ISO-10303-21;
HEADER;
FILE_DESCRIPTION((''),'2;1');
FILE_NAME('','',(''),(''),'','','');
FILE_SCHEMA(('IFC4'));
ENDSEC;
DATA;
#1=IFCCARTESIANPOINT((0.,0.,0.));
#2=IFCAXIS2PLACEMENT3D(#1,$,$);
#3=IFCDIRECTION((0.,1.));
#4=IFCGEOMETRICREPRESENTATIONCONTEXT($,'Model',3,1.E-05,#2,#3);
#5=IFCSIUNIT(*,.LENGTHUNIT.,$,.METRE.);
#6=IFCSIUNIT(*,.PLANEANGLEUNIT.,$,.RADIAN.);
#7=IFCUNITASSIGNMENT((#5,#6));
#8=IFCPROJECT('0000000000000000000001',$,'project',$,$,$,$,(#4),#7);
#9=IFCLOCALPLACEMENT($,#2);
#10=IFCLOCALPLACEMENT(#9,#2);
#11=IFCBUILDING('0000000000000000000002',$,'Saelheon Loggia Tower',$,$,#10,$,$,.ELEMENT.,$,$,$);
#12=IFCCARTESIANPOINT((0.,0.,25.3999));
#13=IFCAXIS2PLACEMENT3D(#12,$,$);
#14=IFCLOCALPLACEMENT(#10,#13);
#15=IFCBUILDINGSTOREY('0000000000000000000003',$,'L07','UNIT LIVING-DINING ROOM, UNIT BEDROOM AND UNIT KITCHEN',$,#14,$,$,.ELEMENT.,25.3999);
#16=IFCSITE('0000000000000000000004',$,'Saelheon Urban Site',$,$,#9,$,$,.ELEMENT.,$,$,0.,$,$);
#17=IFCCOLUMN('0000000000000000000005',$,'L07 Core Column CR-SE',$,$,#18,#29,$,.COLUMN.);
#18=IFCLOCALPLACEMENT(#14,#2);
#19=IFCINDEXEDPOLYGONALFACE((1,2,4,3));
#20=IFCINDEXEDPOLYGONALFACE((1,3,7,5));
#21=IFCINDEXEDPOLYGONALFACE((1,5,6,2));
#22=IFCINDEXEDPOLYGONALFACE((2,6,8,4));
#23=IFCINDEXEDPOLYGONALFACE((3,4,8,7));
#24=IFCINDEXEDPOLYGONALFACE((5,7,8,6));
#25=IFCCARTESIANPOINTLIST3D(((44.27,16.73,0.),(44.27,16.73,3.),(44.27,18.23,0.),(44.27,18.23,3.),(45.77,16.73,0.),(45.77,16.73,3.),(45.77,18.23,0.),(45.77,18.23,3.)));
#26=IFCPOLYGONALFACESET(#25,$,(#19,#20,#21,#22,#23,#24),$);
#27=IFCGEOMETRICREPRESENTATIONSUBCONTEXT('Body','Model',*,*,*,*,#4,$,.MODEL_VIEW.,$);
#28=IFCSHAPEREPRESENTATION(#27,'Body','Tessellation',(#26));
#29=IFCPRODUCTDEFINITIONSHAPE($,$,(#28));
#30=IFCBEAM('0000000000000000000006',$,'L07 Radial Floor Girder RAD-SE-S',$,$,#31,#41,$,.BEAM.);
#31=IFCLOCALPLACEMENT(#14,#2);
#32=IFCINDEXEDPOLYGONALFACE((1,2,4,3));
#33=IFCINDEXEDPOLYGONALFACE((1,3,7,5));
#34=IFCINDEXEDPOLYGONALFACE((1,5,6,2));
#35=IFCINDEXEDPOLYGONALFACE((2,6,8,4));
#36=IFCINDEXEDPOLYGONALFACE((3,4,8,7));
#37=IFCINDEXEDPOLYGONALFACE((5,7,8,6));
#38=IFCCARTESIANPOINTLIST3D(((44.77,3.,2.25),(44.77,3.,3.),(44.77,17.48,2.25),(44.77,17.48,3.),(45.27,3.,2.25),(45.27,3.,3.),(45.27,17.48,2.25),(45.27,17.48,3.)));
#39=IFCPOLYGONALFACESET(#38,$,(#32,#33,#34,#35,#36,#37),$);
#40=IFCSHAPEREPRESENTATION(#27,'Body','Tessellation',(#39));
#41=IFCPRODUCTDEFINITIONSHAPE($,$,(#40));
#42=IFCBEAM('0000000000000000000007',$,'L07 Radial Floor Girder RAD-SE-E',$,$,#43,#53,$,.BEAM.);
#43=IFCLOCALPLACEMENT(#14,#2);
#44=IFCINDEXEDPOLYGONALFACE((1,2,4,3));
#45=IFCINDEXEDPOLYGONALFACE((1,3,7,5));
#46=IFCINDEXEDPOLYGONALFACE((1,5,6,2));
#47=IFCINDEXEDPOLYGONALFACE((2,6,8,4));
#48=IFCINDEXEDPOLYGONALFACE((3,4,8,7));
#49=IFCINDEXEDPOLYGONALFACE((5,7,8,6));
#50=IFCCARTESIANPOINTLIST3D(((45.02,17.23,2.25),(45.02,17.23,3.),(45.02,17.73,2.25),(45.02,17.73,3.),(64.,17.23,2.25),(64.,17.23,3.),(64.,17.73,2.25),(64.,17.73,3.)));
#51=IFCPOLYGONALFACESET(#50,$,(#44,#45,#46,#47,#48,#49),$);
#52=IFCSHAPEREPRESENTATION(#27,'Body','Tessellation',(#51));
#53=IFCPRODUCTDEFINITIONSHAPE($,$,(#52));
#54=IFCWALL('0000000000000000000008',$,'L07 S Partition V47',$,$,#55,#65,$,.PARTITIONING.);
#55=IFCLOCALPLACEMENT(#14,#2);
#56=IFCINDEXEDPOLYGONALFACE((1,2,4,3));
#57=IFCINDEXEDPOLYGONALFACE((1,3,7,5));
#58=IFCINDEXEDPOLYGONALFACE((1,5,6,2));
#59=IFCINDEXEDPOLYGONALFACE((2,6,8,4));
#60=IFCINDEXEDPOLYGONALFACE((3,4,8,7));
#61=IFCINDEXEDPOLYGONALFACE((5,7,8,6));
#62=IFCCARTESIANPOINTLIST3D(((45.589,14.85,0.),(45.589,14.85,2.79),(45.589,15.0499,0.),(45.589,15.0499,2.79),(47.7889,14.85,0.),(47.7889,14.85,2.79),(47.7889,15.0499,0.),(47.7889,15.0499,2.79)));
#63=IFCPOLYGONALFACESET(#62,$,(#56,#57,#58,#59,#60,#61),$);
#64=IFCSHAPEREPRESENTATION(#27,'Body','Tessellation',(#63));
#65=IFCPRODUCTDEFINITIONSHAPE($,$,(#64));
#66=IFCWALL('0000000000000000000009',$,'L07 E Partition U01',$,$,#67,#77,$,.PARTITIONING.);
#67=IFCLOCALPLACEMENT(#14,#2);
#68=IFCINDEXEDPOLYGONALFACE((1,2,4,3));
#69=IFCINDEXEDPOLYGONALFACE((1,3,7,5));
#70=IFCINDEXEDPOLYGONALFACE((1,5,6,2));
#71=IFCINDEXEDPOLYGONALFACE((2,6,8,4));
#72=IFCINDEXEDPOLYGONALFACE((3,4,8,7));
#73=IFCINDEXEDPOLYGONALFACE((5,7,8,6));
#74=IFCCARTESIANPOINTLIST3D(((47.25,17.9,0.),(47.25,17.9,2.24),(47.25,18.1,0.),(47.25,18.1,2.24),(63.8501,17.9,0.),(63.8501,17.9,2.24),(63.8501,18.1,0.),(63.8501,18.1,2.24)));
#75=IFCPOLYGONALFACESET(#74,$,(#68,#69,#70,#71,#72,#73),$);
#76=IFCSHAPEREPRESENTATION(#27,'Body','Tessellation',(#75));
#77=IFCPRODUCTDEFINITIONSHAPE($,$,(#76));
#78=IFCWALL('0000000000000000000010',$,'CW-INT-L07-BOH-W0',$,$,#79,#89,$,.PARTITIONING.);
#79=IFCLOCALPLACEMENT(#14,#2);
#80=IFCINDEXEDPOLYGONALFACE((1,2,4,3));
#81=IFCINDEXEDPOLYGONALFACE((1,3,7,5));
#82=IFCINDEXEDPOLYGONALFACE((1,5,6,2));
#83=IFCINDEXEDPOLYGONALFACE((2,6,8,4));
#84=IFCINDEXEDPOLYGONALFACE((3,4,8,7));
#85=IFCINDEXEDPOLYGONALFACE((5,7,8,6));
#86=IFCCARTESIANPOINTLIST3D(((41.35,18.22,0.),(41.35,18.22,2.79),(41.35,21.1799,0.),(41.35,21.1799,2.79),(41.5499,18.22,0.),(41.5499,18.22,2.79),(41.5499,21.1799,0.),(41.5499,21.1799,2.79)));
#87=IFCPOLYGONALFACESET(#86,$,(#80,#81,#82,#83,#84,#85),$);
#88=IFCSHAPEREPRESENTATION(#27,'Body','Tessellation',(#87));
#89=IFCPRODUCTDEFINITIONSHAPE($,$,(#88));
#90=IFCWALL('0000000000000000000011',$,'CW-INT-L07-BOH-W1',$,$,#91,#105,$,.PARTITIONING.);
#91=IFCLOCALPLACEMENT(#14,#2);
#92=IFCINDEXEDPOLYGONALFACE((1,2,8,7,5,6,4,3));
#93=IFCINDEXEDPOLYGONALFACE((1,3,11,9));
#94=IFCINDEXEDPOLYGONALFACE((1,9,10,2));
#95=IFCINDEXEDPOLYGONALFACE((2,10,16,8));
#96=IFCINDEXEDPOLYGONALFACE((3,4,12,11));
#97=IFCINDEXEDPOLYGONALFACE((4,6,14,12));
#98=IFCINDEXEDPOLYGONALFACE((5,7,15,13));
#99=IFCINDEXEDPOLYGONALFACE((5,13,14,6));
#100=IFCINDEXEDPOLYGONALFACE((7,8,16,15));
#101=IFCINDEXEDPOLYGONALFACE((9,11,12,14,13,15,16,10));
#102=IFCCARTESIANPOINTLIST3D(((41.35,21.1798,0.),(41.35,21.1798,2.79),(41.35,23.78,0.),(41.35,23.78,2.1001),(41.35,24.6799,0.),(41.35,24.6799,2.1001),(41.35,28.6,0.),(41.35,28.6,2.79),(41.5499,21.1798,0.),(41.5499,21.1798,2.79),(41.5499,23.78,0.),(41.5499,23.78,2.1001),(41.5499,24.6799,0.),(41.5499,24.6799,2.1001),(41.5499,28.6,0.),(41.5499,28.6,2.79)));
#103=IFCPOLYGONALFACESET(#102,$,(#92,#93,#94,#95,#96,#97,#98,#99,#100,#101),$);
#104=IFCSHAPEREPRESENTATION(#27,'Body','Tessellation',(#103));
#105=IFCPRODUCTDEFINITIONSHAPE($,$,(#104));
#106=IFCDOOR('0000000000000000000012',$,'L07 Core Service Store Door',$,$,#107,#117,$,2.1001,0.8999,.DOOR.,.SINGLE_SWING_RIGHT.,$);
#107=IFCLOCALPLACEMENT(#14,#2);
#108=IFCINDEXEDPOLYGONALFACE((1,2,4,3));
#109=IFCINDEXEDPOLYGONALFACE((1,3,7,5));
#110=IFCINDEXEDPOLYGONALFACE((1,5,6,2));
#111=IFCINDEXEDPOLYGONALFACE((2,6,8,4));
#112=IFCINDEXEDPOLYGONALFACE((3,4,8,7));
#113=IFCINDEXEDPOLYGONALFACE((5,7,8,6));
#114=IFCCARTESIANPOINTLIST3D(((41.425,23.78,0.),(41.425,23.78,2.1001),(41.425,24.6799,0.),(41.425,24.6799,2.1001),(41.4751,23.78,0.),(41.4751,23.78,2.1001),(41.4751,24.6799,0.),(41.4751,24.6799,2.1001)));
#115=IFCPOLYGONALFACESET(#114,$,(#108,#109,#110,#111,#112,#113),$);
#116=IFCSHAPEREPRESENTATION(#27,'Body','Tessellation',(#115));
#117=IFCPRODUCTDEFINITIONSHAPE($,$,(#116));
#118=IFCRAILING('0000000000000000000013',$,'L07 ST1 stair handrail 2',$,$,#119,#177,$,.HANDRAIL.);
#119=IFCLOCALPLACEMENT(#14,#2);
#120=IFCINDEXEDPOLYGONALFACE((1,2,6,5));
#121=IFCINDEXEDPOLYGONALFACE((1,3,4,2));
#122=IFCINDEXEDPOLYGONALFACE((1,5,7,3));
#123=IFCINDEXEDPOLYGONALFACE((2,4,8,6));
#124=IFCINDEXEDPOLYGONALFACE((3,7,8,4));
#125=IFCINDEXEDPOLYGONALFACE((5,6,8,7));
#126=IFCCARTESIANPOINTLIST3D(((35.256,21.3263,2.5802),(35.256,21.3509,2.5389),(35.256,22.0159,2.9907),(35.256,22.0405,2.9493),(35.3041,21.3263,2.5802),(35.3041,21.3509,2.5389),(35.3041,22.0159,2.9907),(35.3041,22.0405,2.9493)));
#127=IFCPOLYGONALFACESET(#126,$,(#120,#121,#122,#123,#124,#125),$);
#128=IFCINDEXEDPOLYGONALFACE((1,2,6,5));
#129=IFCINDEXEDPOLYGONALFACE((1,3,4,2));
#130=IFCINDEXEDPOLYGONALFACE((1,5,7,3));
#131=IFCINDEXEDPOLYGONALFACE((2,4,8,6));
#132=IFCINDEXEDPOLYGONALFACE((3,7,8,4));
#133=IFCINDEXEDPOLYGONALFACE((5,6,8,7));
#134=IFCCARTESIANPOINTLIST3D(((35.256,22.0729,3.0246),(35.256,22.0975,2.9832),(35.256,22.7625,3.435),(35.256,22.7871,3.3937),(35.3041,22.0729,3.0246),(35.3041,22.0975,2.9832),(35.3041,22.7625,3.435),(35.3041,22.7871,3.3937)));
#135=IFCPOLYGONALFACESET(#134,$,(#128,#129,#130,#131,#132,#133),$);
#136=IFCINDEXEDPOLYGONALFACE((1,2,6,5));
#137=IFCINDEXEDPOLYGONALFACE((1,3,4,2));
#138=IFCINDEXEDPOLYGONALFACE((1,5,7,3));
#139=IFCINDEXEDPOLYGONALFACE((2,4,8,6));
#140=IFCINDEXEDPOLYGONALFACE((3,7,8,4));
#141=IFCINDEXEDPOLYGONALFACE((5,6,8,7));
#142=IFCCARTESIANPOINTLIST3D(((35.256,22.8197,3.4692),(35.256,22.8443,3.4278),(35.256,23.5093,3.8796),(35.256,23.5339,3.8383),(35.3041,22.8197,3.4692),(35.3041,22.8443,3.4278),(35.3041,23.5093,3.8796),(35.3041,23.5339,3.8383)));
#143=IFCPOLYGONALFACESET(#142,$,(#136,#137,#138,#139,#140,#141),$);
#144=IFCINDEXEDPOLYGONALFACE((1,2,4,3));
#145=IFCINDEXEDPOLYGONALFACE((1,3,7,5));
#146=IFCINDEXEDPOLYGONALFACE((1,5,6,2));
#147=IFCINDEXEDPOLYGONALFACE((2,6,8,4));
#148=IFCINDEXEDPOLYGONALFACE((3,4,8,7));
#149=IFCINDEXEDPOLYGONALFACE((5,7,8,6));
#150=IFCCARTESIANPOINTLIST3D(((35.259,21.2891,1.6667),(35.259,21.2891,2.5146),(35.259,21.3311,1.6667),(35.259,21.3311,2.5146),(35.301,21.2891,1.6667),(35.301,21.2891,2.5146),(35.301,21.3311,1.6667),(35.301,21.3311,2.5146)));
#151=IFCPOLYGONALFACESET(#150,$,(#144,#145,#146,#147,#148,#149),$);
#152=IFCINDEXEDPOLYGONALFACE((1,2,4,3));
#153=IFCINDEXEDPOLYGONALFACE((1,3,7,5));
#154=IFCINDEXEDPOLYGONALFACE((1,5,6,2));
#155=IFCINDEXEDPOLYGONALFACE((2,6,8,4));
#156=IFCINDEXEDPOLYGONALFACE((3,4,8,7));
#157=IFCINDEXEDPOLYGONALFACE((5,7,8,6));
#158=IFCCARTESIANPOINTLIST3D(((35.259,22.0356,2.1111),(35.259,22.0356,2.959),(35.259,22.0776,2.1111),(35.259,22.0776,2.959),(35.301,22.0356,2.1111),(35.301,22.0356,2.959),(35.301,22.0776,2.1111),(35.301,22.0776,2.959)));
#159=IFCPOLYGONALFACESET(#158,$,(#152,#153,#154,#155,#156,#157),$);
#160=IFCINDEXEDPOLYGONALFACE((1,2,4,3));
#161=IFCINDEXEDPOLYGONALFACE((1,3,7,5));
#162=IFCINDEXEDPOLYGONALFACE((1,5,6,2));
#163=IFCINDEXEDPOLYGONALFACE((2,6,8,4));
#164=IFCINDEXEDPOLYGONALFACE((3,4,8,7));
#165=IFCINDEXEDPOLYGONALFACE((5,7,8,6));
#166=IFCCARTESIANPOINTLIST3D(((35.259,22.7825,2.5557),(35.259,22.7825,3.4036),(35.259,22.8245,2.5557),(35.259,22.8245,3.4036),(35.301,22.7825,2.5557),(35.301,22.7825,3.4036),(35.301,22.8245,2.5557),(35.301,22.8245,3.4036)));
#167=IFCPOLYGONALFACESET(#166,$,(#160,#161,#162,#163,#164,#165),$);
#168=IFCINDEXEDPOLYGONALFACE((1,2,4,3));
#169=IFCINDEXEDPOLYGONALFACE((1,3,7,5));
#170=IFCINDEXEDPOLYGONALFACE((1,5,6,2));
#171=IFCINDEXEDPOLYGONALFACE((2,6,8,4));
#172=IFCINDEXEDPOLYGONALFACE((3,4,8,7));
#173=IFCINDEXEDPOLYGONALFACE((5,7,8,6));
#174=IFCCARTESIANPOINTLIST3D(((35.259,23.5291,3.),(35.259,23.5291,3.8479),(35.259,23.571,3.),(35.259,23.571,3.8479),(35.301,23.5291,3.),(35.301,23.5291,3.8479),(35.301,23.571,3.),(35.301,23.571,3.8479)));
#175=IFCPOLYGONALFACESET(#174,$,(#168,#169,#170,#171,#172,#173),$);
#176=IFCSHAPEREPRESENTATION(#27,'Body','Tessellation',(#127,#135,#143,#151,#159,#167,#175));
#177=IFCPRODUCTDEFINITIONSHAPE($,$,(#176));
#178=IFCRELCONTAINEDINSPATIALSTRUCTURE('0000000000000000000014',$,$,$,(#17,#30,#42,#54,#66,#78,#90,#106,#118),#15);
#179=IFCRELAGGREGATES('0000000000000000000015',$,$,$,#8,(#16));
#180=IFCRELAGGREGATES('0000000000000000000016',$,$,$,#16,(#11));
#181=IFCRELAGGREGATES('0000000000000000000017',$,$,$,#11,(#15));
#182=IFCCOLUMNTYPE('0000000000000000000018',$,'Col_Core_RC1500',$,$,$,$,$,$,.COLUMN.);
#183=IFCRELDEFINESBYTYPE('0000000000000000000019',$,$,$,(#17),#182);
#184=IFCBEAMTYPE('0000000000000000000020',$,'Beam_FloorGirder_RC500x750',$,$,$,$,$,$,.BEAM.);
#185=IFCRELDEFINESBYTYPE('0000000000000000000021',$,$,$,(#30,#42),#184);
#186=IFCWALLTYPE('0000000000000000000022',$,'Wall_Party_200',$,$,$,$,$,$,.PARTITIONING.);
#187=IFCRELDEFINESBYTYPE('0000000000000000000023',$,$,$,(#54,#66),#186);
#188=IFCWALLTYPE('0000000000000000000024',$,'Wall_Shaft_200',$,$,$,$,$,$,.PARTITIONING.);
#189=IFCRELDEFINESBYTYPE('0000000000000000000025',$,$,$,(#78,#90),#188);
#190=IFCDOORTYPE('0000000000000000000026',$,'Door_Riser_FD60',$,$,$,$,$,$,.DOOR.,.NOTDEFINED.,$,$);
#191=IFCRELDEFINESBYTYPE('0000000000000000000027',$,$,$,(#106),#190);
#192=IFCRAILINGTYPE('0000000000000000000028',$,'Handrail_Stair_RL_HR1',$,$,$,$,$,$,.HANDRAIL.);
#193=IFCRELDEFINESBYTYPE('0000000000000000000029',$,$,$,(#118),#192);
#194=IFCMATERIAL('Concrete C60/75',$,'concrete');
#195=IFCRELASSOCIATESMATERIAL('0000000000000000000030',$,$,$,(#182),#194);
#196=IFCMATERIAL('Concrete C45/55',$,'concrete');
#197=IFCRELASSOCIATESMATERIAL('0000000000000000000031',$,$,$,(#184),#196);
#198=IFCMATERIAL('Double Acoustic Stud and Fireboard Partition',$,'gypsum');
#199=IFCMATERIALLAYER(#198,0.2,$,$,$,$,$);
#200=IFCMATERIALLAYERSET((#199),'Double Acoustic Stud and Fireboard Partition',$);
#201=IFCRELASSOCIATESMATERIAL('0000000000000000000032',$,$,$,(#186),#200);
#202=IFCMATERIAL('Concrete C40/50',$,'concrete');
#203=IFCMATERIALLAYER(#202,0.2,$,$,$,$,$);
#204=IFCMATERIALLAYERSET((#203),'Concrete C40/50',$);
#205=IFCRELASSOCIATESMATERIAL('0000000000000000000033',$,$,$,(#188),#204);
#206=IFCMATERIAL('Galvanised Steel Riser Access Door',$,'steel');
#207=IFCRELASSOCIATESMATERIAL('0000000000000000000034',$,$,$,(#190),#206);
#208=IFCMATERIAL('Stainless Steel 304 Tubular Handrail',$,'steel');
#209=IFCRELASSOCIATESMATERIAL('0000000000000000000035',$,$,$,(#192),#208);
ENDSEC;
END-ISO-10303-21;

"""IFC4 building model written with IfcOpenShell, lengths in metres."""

from ifc_helpers import new_model, si_unit, direction, frame, frame_2d, origin, origin_2d, place, context, subcontext, project, spatial, rectangle, extrude, source, transform, mapped, material, layer, layer_set, material_profile, profile_set, type_object, element, fill, save


model = new_model("IFC4")

# Units and contexts
model_context = context("Model", 3, precision=1e-05, world=origin(), true_north=direction((0.0, 1.0)))
body_context = subcontext(model_context, "Body", "Model", "MODEL_VIEW")
ifc_project = project(units=[si_unit("LENGTHUNIT", "METRE"), si_unit("PLANEANGLEUNIT", "RADIAN")], contexts=[model_context])

# Site, building, storey
site_placement = place(None, origin())
site = spatial("IfcSite", under=ifc_project, at=site_placement, Name="Saelheon Urban Site", CompositionType="ELEMENT", RefElevation=0.0)
building_placement = place(site_placement, origin())
building = spatial("IfcBuilding", under=site, at=building_placement, Name="Saelheon Loggia Tower", CompositionType="ELEMENT")
storey_placement = place(building_placement, frame((0.0, 0.0, 25.3999)))
storey = spatial("IfcBuildingStorey", under=building, at=storey_placement, Name="L07", Description="UNIT LIVING-DINING ROOM, UNIT BEDROOM AND UNIT KITCHEN", CompositionType="ELEMENT", Elevation=25.3999)

# Column
ifc_material_1 = material(Name="Concrete C60/75", Category="concrete")
ifc_material_profile_1 = material_profile(ifc_material_1, rectangle(XDim=1.5, YDim=1.5, at=origin_2d()), Name="RC-1500x1500")
ifc_profile_set_1 = profile_set([ifc_material_profile_1], Name="Concrete C60/75")
column_type = type_object("IfcColumnType", Name="Col_Core_RC1500", PredefinedType="COLUMN", material=ifc_profile_set_1)
shared_shape_1 = source(origin(), body_context, "Body", "SweptSolid", [
    extrude(rectangle(XDim=1.5, YDim=1.5, at=origin_2d()), origin(), (0.0, 0.0, 1.0), 3.0),
])
column_placement = place(storey_placement, frame((45.02, 17.48, 0.0), z_axis=(0.0, 0.0, 1.0), x_axis=(1.0, 0.0, 0.0)))
element("IfcColumn", 1, at=column_placement, inside=storey, type_object=column_type, Name="L07 Core Column CR-SE", PredefinedType="COLUMN", context=body_context, shape_type="MappedRepresentation", body=[
    mapped(shared_shape_1, transform((0.0, 0.0, 0.0), scale=1.0)),
])

# Beams
ifc_material_2 = material(Name="Concrete C45/55", Category="concrete")
ifc_material_profile_2 = material_profile(ifc_material_2, rectangle(XDim=0.5, YDim=0.75, at=origin_2d()), Name="RC-500x750")
ifc_profile_set_2 = profile_set([ifc_material_profile_2], Name="Concrete C45/55")
beam_type = type_object("IfcBeamType", Name="Beam_FloorGirder_RC500x750", PredefinedType="BEAM", material=ifc_profile_set_2)
shared_shape_2 = source(origin(), body_context, "Body", "SweptSolid", [
    extrude(rectangle(XDim=0.5, YDim=0.75, at=origin_2d()), origin(), (0.0, 0.0, 1.0), 14.48),
])
beam_1_placement = place(storey_placement, frame((45.02, 17.48, 2.625), z_axis=(0.0, -1.0, 0.0), x_axis=(1.0, 0.0, 0.0)))
element("IfcBeam", 2, at=beam_1_placement, inside=storey, type_object=beam_type, Name="L07 Radial Floor Girder RAD-SE-S", PredefinedType="BEAM", context=body_context, shape_type="MappedRepresentation", body=[
    mapped(shared_shape_2, transform((0.0, 0.0, 0.0), scale=1.0)),
])
shared_shape_3 = source(origin(), body_context, "Body", "SweptSolid", [
    extrude(rectangle(XDim=0.5, YDim=0.75, at=origin_2d()), origin(), (0.0, 0.0, 1.0), 18.98),
])
beam_2_placement = place(storey_placement, frame((45.02, 17.48, 2.625), z_axis=(1.0, 0.0, 0.0), x_axis=(0.0, 1.0, 0.0)))
element("IfcBeam", 3, at=beam_2_placement, inside=storey, type_object=beam_type, Name="L07 Radial Floor Girder RAD-SE-E", PredefinedType="BEAM", context=body_context, shape_type="MappedRepresentation", body=[
    mapped(shared_shape_3, transform((0.0, 0.0, 0.0), scale=1.0)),
])

# Walls
ifc_material_3 = material(Name="Double Acoustic Stud and Fireboard Partition", Category="gypsum")
ifc_layer_1 = layer(ifc_material_3, 0.2)
ifc_layer_set_1 = layer_set([ifc_layer_1], Name="Double Acoustic Stud and Fireboard Partition")
wall_type_1 = type_object("IfcWallType", Name="Wall_Party_200", PredefinedType="PARTITIONING", material=ifc_layer_set_1)
wall_1_placement = place(storey_placement, frame((45.5889, 14.95, 0.0), z_axis=(0.0, 0.0, 1.0), x_axis=(1.0, 0.0, 0.0)))
element("IfcWall", 4, at=wall_1_placement, inside=storey, type_object=wall_type_1, Name="L07 S Partition V47", PredefinedType="PARTITIONING", context=body_context, shape_type="SweptSolid", body=[
    extrude(rectangle(XDim=2.2, YDim=0.2, at=frame_2d((1.1001, 0.0))), origin(), (0.0, 0.0, 1.0), 2.79),
])
wall_2_placement = place(storey_placement, frame((47.25, 18.0, 0.0), z_axis=(0.0, 0.0, 1.0), x_axis=(1.0, 0.0, 0.0)))
element("IfcWall", 5, at=wall_2_placement, inside=storey, type_object=wall_type_1, Name="L07 E Partition U01", PredefinedType="PARTITIONING", context=body_context, shape_type="SweptSolid", body=[
    extrude(rectangle(XDim=16.6001, YDim=0.2, at=frame_2d((8.3, 0.0))), origin(), (0.0, 0.0, 1.0), 2.24),
])
ifc_material_4 = material(Name="Concrete C40/50", Category="concrete")
ifc_layer_2 = layer(ifc_material_4, 0.2)
ifc_layer_set_2 = layer_set([ifc_layer_2], Name="Concrete C40/50")
wall_type_2 = type_object("IfcWallType", Name="Wall_Shaft_200", PredefinedType="PARTITIONING", material=ifc_layer_set_2)
wall_3_placement = place(storey_placement, frame((41.45, 18.22, 0.0), z_axis=(0.0, 0.0, 1.0), x_axis=(0.0, 1.0, 0.0)))
element("IfcWall", 6, at=wall_3_placement, inside=storey, type_object=wall_type_2, Name="CW-INT-L07-BOH-W0", PredefinedType="PARTITIONING", context=body_context, shape_type="SweptSolid", body=[
    extrude(rectangle(XDim=2.96, YDim=0.2, at=frame_2d((1.48, 0.0))), origin(), (0.0, 0.0, 1.0), 2.79),
])

# Wall, opening, door
wall_4_placement = place(storey_placement, frame((41.45, 21.1799, 0.0), z_axis=(0.0, 0.0, 1.0), x_axis=(0.0, 1.0, 0.0)))
wall_4 = element("IfcWall", 7, at=wall_4_placement, inside=storey, type_object=wall_type_2, Name="CW-INT-L07-BOH-W1", PredefinedType="PARTITIONING", context=body_context, shape_type="SweptSolid", body=[
    extrude(rectangle(XDim=7.4202, YDim=0.2, at=frame_2d((3.71, 0.0))), origin(), (0.0, 0.0, 1.0), 2.79),
])
opening_1_placement = place(wall_4_placement, frame((2.6001, 0.0, 0.0)))
opening_1 = element("IfcOpeningElement", 8, at=opening_1_placement, cuts=wall_4, PredefinedType="OPENING", context=body_context, shape_type="SweptSolid", body=[
    extrude(rectangle(XDim=0.8999, YDim=2.1001, at=frame_2d((0.45, 1.05))), frame((0.0, 0.1121, 0.0), z_axis=(0.0, -1.0, 0.0), x_axis=(1.0, 0.0, 0.0)), (0.0, 0.0, 1.0), 0.2239),
])
ifc_material_5 = material(Name="Galvanised Steel Riser Access Door", Category="steel")
door_type_1 = type_object("IfcDoorType", Name="Door_Riser_FD60", OperationType="NOTDEFINED", PredefinedType="DOOR", material=ifc_material_5)
shared_shape_4 = source(origin(), body_context, "Body", "SweptSolid", [
    extrude(rectangle(XDim=0.8999, YDim=2.1001, at=frame_2d((0.45, 1.05))), frame((0.0, 0.0249, 0.0), z_axis=(0.0, -1.0, 0.0), x_axis=(1.0, 0.0, 0.0)), (0.0, 0.0, 1.0), 0.05),
])
door_1_placement = place(opening_1_placement, origin())
door_1 = element("IfcDoor", 9, at=door_1_placement, inside=storey, type_object=door_type_1, Name="L07 Core Service Store Door", OperationType="SINGLE_SWING_RIGHT", OverallHeight=2.1001, OverallWidth=0.8999, PredefinedType="DOOR", context=body_context, shape_type="MappedRepresentation", body=[
    mapped(shared_shape_4, transform((0.0, 0.0, 0.0), scale=1.0)),
])
fill(opening_1, door_1)

# Railing
ifc_material_6 = material(Name="Stainless Steel 304 Tubular Handrail", Category="steel")
railing_type = type_object("IfcRailingType", Name="Handrail_Stair_RL_HR1", PredefinedType="HANDRAIL", material=ifc_material_6)
railing_placement = place(storey_placement, frame((35.28, 21.3101, 1.6667)))
element("IfcRailing", 10, at=railing_placement, inside=storey, type_object=railing_type, Name="L07 ST1 stair handrail 2", PredefinedType="HANDRAIL", context=body_context, shape_type="SweptSolid", body=[
    extrude(rectangle(XDim=0.0481, YDim=0.0481, at=origin_2d()), frame((0.0, 0.0286, 0.8928), z_axis=(0.0, 0.859306, 0.511462), x_axis=(-1.0, 0.0, 0.0)), (0.0, 0.0, 1.0), 0.8025),
    extrude(rectangle(XDim=0.0481, YDim=0.0481, at=origin_2d()), frame((0.0, 0.7751, 1.3372), z_axis=(0.0, 0.859306, 0.511462), x_axis=(-1.0, 0.0, 0.0)), (0.0, 0.0, 1.0), 0.8025),
    extrude(rectangle(XDim=0.0481, YDim=0.0481, at=origin_2d()), frame((0.0, 1.522, 1.7817), z_axis=(0.0, 0.859306, 0.511462), x_axis=(-1.0, 0.0, 0.0)), (0.0, 0.0, 1.0), 0.8025),
    extrude(rectangle(XDim=0.042, YDim=0.042, at=origin_2d()), origin(), (0.0, 0.0, 1.0), 0.8479),
    extrude(rectangle(XDim=0.042, YDim=0.042, at=origin_2d()), frame((0.0, 0.7466, 0.4443)), (0.0, 0.0, 1.0), 0.8479),
    extrude(rectangle(XDim=0.042, YDim=0.042, at=origin_2d()), frame((0.0, 1.4934, 0.8889)), (0.0, 0.0, 1.0), 0.8479),
    extrude(rectangle(XDim=0.042, YDim=0.042, at=origin_2d()), frame((0.0, 2.24, 1.3333)), (0.0, 0.0, 1.0), 0.8479),
])

save(model, "model.ifc")
